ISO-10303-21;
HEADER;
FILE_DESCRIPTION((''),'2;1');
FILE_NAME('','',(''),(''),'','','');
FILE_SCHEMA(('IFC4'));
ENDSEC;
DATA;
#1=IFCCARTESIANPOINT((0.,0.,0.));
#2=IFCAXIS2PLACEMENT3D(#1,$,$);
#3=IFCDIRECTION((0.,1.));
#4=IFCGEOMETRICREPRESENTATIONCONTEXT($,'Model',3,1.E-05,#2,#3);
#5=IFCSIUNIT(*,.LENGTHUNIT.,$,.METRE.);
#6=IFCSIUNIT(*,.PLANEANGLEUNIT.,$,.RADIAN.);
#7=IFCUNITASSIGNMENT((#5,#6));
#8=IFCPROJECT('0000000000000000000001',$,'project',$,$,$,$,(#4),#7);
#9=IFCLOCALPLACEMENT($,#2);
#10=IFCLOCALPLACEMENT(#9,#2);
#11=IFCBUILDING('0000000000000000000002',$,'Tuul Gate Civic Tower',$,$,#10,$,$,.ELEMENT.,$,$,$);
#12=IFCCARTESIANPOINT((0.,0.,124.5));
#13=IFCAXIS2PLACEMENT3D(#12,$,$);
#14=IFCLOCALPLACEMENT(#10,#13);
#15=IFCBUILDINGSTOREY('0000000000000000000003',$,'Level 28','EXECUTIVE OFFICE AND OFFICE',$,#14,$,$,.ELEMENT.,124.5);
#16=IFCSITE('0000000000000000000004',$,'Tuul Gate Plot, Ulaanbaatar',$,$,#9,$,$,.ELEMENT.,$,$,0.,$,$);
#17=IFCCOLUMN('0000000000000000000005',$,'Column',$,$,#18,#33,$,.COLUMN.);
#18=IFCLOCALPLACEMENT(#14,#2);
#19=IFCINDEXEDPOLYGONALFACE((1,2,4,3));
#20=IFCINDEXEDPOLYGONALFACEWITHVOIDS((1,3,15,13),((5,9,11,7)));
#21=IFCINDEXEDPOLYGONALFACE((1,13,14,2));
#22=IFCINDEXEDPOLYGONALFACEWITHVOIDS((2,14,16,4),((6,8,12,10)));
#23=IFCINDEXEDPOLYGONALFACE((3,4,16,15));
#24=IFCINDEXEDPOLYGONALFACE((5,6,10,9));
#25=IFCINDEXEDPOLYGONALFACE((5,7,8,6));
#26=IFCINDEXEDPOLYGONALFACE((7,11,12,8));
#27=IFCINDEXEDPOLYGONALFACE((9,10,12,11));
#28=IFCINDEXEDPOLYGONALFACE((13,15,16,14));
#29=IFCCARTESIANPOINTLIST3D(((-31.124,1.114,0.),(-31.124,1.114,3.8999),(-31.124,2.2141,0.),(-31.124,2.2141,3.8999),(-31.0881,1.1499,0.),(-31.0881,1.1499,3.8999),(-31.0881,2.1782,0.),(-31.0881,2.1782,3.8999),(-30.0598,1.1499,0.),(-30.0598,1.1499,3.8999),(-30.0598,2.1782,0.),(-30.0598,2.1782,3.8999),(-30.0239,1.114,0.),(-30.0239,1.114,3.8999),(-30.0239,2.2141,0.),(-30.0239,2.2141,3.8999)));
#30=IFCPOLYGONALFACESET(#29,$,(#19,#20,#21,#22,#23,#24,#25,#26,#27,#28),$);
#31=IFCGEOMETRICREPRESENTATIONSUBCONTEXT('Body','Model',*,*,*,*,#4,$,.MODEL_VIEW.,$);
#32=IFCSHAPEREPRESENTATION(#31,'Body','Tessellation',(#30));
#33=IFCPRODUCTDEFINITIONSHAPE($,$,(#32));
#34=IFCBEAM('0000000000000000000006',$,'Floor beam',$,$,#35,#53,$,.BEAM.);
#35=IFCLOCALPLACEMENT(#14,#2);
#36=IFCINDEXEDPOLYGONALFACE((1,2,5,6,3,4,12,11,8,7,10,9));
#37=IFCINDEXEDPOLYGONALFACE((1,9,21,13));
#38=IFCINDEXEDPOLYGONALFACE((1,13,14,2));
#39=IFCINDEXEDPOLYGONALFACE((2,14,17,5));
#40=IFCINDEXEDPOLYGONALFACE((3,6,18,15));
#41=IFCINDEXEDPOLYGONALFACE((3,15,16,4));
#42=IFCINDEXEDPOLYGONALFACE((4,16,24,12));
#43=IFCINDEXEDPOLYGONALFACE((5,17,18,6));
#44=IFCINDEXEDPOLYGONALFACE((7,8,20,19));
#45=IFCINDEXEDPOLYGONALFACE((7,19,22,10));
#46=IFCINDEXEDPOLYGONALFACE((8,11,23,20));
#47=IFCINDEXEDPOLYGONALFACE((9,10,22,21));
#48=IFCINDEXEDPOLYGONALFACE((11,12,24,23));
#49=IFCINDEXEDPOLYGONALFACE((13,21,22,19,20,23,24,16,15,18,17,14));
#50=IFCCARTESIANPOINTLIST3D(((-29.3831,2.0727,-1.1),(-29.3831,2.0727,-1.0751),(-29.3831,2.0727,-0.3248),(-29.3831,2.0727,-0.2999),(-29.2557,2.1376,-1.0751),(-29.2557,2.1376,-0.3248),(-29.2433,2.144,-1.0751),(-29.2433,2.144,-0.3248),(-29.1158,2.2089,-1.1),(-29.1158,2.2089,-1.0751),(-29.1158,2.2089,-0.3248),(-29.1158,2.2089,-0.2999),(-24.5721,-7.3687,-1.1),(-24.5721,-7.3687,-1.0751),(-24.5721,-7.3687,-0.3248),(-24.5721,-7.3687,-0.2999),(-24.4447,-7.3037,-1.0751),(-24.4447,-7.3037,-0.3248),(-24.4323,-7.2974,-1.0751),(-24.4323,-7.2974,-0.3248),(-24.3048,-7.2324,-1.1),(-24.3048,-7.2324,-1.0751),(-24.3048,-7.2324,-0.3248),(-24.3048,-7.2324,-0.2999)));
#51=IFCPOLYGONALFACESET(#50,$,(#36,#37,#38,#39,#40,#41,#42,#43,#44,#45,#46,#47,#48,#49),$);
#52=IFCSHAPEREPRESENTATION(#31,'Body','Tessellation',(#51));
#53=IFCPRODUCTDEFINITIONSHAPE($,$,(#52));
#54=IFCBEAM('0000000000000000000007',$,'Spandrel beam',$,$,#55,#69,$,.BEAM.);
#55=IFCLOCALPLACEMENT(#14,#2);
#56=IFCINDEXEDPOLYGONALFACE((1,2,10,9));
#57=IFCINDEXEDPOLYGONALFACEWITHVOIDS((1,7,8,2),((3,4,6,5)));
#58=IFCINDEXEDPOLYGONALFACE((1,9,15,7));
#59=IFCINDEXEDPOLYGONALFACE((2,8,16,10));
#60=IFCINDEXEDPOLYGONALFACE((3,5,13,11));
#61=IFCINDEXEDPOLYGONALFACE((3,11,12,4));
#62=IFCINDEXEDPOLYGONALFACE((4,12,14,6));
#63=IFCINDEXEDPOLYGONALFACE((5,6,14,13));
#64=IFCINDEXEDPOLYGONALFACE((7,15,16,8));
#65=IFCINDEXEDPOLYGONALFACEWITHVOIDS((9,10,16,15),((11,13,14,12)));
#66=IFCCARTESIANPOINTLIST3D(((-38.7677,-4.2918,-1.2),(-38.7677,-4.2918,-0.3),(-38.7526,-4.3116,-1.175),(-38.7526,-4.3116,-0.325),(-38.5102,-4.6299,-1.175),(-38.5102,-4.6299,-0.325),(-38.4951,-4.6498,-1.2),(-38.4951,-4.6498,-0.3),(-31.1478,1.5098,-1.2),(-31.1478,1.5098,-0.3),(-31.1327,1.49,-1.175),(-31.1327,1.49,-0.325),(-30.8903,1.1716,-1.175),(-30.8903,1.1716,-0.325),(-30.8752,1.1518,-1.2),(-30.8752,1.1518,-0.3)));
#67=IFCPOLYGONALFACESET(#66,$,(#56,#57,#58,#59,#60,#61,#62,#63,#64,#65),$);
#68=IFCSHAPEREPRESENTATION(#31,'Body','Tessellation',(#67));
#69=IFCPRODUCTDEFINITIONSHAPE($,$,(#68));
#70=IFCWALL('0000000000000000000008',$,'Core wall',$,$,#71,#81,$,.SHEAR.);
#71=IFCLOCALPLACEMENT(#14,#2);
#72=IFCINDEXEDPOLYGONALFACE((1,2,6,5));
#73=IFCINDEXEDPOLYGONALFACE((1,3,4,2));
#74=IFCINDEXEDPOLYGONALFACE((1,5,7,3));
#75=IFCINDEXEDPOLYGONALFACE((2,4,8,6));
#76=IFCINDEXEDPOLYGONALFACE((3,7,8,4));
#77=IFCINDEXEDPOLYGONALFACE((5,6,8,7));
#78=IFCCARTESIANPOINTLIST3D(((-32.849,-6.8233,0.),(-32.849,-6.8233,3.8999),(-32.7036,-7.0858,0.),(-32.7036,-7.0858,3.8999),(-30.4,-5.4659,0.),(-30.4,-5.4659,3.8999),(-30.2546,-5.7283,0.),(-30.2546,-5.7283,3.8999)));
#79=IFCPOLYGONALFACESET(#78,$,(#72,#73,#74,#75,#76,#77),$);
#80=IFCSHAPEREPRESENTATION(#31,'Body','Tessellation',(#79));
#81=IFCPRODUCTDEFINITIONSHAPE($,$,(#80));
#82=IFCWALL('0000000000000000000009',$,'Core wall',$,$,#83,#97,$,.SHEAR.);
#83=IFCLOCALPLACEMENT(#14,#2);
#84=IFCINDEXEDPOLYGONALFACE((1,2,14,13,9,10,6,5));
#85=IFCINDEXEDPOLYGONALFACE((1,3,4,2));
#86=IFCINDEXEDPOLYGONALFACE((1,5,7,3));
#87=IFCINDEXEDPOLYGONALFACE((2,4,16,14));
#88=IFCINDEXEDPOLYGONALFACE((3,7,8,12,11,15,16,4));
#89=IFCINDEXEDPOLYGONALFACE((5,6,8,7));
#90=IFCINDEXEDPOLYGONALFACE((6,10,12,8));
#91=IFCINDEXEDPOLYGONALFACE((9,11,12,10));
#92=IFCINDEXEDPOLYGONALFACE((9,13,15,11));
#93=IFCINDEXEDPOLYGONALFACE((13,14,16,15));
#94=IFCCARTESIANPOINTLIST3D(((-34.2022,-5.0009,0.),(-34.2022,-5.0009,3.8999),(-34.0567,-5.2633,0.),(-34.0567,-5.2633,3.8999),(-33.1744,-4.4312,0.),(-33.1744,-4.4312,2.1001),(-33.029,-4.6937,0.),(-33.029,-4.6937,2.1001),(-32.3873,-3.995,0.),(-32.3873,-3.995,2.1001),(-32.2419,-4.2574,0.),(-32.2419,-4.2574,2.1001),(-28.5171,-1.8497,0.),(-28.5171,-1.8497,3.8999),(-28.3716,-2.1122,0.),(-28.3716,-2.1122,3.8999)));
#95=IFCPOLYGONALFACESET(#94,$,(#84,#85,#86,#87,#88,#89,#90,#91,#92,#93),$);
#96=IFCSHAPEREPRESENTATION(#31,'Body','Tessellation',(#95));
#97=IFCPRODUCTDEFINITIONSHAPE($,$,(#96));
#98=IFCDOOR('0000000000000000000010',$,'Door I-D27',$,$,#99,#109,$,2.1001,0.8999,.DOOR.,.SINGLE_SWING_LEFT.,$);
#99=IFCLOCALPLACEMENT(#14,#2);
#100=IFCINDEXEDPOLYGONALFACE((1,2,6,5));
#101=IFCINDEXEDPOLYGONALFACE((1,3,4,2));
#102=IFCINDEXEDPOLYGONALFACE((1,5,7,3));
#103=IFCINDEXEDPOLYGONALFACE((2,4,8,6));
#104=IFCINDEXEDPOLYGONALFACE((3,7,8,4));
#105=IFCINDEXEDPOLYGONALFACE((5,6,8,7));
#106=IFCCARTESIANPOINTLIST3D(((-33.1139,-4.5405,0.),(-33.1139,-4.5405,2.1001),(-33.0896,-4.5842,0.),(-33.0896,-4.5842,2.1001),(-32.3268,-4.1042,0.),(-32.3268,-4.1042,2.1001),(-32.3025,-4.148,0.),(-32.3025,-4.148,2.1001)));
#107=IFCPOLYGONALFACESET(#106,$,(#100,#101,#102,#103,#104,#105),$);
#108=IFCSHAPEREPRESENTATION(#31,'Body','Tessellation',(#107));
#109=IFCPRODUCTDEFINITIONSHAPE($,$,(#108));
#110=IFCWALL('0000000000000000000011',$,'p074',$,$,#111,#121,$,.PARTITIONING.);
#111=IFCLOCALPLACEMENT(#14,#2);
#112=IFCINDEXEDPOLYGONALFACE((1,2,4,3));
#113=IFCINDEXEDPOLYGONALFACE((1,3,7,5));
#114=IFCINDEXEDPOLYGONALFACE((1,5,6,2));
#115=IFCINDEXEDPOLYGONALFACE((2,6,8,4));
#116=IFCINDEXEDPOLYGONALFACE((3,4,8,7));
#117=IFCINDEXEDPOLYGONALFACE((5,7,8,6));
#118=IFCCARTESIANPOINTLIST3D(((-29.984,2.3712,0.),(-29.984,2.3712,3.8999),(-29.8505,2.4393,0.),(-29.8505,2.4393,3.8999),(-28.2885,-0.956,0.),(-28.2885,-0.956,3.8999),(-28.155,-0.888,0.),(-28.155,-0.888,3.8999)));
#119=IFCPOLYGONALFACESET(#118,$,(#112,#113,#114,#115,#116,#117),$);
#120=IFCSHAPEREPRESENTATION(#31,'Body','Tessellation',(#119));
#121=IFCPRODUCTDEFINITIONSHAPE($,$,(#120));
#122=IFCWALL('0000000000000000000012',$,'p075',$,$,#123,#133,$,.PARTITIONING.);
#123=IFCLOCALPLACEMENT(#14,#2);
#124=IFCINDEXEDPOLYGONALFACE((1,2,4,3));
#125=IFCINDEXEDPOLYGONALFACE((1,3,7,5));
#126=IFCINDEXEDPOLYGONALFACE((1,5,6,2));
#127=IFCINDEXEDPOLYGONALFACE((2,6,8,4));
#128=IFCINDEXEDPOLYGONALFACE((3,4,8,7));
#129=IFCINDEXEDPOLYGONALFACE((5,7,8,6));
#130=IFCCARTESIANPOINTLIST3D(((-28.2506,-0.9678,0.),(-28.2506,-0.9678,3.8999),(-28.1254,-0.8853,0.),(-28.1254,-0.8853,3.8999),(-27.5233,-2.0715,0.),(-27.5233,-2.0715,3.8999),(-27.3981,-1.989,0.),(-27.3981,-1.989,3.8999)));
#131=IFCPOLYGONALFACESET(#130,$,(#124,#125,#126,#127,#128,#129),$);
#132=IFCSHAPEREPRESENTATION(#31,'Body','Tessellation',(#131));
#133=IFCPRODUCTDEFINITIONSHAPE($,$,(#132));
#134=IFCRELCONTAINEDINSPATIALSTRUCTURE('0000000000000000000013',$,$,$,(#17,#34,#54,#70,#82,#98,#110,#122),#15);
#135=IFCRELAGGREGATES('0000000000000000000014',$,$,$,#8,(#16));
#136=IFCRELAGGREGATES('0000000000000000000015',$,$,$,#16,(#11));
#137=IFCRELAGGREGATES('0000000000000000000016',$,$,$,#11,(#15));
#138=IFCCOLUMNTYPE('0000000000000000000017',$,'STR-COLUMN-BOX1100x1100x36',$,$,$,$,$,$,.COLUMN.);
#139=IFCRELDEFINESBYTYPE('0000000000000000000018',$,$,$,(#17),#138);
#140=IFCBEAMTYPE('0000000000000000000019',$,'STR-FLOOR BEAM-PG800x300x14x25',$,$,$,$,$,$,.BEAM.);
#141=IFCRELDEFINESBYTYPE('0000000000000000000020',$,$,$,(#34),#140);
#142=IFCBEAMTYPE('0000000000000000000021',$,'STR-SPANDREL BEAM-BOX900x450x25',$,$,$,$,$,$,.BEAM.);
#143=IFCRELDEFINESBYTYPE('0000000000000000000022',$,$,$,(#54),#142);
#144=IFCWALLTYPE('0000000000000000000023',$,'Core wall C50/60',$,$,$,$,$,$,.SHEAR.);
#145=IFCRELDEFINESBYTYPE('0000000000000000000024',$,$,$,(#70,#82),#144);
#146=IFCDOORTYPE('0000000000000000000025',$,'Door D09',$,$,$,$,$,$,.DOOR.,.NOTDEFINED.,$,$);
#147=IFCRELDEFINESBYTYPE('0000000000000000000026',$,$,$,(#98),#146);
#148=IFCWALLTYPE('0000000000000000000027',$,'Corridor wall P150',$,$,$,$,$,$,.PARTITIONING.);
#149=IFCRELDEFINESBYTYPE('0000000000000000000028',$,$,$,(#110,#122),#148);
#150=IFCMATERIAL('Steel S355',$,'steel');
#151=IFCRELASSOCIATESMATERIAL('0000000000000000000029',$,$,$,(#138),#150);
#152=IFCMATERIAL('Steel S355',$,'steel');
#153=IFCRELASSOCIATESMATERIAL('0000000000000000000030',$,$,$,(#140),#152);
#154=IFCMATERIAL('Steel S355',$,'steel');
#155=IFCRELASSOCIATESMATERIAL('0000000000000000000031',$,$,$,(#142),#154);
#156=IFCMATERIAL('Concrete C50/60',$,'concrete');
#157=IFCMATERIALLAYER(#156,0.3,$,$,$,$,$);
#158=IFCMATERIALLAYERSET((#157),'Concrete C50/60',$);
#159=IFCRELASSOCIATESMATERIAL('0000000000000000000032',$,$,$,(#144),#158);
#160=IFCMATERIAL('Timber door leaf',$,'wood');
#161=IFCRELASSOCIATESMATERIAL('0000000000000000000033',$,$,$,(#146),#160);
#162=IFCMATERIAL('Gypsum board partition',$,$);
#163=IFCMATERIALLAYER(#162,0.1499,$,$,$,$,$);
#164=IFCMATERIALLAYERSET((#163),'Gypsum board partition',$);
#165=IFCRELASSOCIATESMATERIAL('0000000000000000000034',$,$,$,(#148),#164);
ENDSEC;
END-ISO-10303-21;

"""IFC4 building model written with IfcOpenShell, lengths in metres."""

from ifc_helpers import new_model, si_unit, direction, frame, frame_2d, origin, origin_2d, place, context, subcontext, project, spatial, rectangle, hollow_rectangle, i_section, extrude, material, layer, layer_set, material_profile, profile_set, type_object, element, fill, save


model = new_model("IFC4")

# Units and contexts
model_context = context("Model", 3, precision=1e-05, world=origin(), true_north=direction((0.0, 1.0)))
body_context = subcontext(model_context, "Body", "Model", "MODEL_VIEW")
ifc_project = project(units=[si_unit("LENGTHUNIT", "METRE"), si_unit("PLANEANGLEUNIT", "RADIAN")], contexts=[model_context])

# Site, building, storey
site_placement = place(None, origin())
site = spatial("IfcSite", under=ifc_project, at=site_placement, Name="Tuul Gate Plot, Ulaanbaatar", CompositionType="ELEMENT", RefElevation=0.0)
building_placement = place(site_placement, origin())
building = spatial("IfcBuilding", under=site, at=building_placement, Name="Tuul Gate Civic Tower", CompositionType="ELEMENT")
storey_placement = place(building_placement, frame((0.0, 0.0, 124.5)))
storey = spatial("IfcBuildingStorey", under=building, at=storey_placement, Name="Level 28", Description="EXECUTIVE OFFICE AND OFFICE", CompositionType="ELEMENT", Elevation=124.5)

# Column
ifc_material_1 = material(Name="Steel S355", Category="steel")
ifc_material_profile_1 = material_profile(ifc_material_1, hollow_rectangle(XDim=1.1001, YDim=1.1001, WallThickness=0.0359, at=origin_2d()), Name="BOX1100x1100x36")
ifc_profile_set_1 = profile_set([ifc_material_profile_1], Name="Steel S355")
column_type = type_object("IfcColumnType", Name="STR-COLUMN-BOX1100x1100x36", PredefinedType="COLUMN", material=ifc_profile_set_1)
column_placement = place(storey_placement, frame((-30.574, 1.6641, 0.0), z_axis=(0.0, 0.0, 1.0), x_axis=(1.0, 0.0, 0.0)))
element("IfcColumn", 1, at=column_placement, inside=storey, type_object=column_type, Name="Column", PredefinedType="COLUMN", context=body_context, shape_type="SweptSolid", body=[
    extrude(hollow_rectangle(XDim=1.1001, YDim=1.1001, WallThickness=0.0359, at=origin_2d()), origin(), (0.0, 0.0, 1.0), 3.8999),
])

# Beams
ifc_material_2 = material(Name="Steel S355", Category="steel")
ifc_material_profile_2 = material_profile(ifc_material_2, i_section(OverallWidth=0.3, OverallDepth=0.8, WebThickness=0.0139, FlangeThickness=0.0249, at=origin_2d()), Name="PG800x300x14x25")
ifc_profile_set_2 = profile_set([ifc_material_profile_2], Name="Steel S355")
beam_type_1 = type_object("IfcBeamType", Name="STR-FLOOR BEAM-PG800x300x14x25", PredefinedType="BEAM", material=ifc_profile_set_2)
beam_1_placement = place(storey_placement, frame((-24.4385, -7.3005, -0.7), z_axis=(-0.45402, 0.890991, 0.0), x_axis=(-0.890991, -0.45402, 0.0)))
element("IfcBeam", 2, at=beam_1_placement, inside=storey, type_object=beam_type_1, Name="Floor beam", PredefinedType="BEAM", context=body_context, shape_type="SweptSolid", body=[
    extrude(i_section(OverallWidth=0.3, OverallDepth=0.8, WebThickness=0.0139, FlangeThickness=0.0249, at=origin_2d()), origin(), (0.0, 0.0, 1.0), 10.5964),
])
ifc_material_3 = material(Name="Steel S355", Category="steel")
ifc_material_profile_3 = material_profile(ifc_material_3, hollow_rectangle(XDim=0.45, YDim=0.8999, WallThickness=0.0249, at=origin_2d()), Name="BOX900x450x25")
ifc_profile_set_3 = profile_set([ifc_material_profile_3], Name="Steel S355")
beam_type_2 = type_object("IfcBeamType", Name="STR-SPANDREL BEAM-BOX900x450x25", PredefinedType="BEAM", material=ifc_profile_set_3)
beam_2_placement = place(storey_placement, frame((-31.0115, 1.3308, -0.75), z_axis=(-0.795638, -0.605772, 0.0), x_axis=(0.605772, -0.795638, 0.0)))
element("IfcBeam", 3, at=beam_2_placement, inside=storey, type_object=beam_type_2, Name="Spandrel beam", PredefinedType="BEAM", context=body_context, shape_type="SweptSolid", body=[
    extrude(hollow_rectangle(XDim=0.45, YDim=0.8999, WallThickness=0.0249, at=origin_2d()), origin(), (0.0, 0.0, 1.0), 9.5771),
])

# Wall
ifc_material_4 = material(Name="Concrete C50/60", Category="concrete")
ifc_layer_1 = layer(ifc_material_4, 0.3)
ifc_layer_set_1 = layer_set([ifc_layer_1], Name="Concrete C50/60")
wall_type_1 = type_object("IfcWallType", Name="Core wall C50/60", PredefinedType="SHEAR", material=ifc_layer_set_1)
wall_1_placement = place(storey_placement, frame((-30.3274, -5.5972, 0.0), z_axis=(0.0, 0.0, 1.0), x_axis=(-0.87463, -0.484791, 0.0)))
element("IfcWall", 4, at=wall_1_placement, inside=storey, type_object=wall_type_1, Name="Core wall", PredefinedType="SHEAR", context=body_context, shape_type="SweptSolid", body=[
    extrude(rectangle(XDim=2.8, YDim=0.3, at=frame_2d((1.3999, 0.0))), origin(), (0.0, 0.0, 1.0), 3.8999),
])

# Wall, opening, door
wall_2_placement = place(storey_placement, frame((-28.4443, -1.981, 0.0), z_axis=(0.0, 0.0, 1.0), x_axis=(-0.87463, -0.484791, 0.0)))
wall_2 = element("IfcWall", 5, at=wall_2_placement, inside=storey, type_object=wall_type_1, Name="Core wall", PredefinedType="SHEAR", context=body_context, shape_type="SweptSolid", body=[
    extrude(rectangle(XDim=6.5, YDim=0.3, at=frame_2d((3.25, 0.0))), origin(), (0.0, 0.0, 1.0), 3.8999),
])
opening_1_placement = place(wall_2_placement, frame((4.425, 0.0, 0.0)))
opening_1 = element("IfcOpeningElement", 6, at=opening_1_placement, cuts=wall_2, PredefinedType="OPENING", context=body_context, shape_type="SweptSolid", body=[
    extrude(rectangle(XDim=0.8999, YDim=2.1001, at=frame_2d((0.45, 1.05))), frame((0.0, 0.1602, 0.0), z_axis=(0.0, -1.0, 0.0), x_axis=(1.0, 0.0, 0.0)), (0.0, 0.0, 1.0), 0.3201),
])
ifc_material_5 = material(Name="Timber door leaf", Category="wood")
door_type = type_object("IfcDoorType", Name="Door D09", OperationType="NOTDEFINED", PredefinedType="DOOR", material=ifc_material_5)
door_placement = place(opening_1_placement, origin())
door = element("IfcDoor", 7, at=door_placement, inside=storey, type_object=door_type, Name="Door I-D27", OperationType="SINGLE_SWING_LEFT", OverallHeight=2.1001, OverallWidth=0.8999, PredefinedType="DOOR", context=body_context, shape_type="SweptSolid", body=[
    extrude(rectangle(XDim=0.8999, YDim=2.1001, at=frame_2d((0.45, 1.05))), frame((0.0, 0.0249, 0.0), z_axis=(0.0, -1.0, 0.0), x_axis=(1.0, 0.0, 0.0)), (0.0, 0.0, 1.0), 0.05),
])
fill(opening_1, door)

# Walls
ifc_material_6 = material(Name="Gypsum board partition")
ifc_layer_2 = layer(ifc_material_6, 0.1499)
ifc_layer_set_2 = layer_set([ifc_layer_2], Name="Gypsum board partition")
wall_type_2 = type_object("IfcWallType", Name="Corridor wall P150", PredefinedType="PARTITIONING", material=ifc_layer_set_2)
wall_3_placement = place(storey_placement, frame((-29.9172, 2.4053, 0.0), z_axis=(0.0, 0.0, 1.0), x_axis=(0.454026, -0.890989, 0.0)))
element("IfcWall", 8, at=wall_3_placement, inside=storey, type_object=wall_type_2, Name="p074", PredefinedType="PARTITIONING", context=body_context, shape_type="SweptSolid", body=[
    extrude(rectangle(XDim=3.7344, YDim=0.1499, at=frame_2d((1.8672, 0.0))), origin(), (0.0, 0.0, 1.0), 3.8999),
])
wall_4_placement = place(storey_placement, frame((-28.188, -0.9265, 0.0), z_axis=(0.0, 0.0, 1.0), x_axis=(0.550217, -0.835022, 0.0)))
element("IfcWall", 9, at=wall_4_placement, inside=storey, type_object=wall_type_2, Name="p075", PredefinedType="PARTITIONING", context=body_context, shape_type="SweptSolid", body=[
    extrude(rectangle(XDim=1.3218, YDim=0.1499, at=frame_2d((0.6609, 0.0))), origin(), (0.0, 0.0, 1.0), 3.8999),
])

save(model, "model.ifc")
